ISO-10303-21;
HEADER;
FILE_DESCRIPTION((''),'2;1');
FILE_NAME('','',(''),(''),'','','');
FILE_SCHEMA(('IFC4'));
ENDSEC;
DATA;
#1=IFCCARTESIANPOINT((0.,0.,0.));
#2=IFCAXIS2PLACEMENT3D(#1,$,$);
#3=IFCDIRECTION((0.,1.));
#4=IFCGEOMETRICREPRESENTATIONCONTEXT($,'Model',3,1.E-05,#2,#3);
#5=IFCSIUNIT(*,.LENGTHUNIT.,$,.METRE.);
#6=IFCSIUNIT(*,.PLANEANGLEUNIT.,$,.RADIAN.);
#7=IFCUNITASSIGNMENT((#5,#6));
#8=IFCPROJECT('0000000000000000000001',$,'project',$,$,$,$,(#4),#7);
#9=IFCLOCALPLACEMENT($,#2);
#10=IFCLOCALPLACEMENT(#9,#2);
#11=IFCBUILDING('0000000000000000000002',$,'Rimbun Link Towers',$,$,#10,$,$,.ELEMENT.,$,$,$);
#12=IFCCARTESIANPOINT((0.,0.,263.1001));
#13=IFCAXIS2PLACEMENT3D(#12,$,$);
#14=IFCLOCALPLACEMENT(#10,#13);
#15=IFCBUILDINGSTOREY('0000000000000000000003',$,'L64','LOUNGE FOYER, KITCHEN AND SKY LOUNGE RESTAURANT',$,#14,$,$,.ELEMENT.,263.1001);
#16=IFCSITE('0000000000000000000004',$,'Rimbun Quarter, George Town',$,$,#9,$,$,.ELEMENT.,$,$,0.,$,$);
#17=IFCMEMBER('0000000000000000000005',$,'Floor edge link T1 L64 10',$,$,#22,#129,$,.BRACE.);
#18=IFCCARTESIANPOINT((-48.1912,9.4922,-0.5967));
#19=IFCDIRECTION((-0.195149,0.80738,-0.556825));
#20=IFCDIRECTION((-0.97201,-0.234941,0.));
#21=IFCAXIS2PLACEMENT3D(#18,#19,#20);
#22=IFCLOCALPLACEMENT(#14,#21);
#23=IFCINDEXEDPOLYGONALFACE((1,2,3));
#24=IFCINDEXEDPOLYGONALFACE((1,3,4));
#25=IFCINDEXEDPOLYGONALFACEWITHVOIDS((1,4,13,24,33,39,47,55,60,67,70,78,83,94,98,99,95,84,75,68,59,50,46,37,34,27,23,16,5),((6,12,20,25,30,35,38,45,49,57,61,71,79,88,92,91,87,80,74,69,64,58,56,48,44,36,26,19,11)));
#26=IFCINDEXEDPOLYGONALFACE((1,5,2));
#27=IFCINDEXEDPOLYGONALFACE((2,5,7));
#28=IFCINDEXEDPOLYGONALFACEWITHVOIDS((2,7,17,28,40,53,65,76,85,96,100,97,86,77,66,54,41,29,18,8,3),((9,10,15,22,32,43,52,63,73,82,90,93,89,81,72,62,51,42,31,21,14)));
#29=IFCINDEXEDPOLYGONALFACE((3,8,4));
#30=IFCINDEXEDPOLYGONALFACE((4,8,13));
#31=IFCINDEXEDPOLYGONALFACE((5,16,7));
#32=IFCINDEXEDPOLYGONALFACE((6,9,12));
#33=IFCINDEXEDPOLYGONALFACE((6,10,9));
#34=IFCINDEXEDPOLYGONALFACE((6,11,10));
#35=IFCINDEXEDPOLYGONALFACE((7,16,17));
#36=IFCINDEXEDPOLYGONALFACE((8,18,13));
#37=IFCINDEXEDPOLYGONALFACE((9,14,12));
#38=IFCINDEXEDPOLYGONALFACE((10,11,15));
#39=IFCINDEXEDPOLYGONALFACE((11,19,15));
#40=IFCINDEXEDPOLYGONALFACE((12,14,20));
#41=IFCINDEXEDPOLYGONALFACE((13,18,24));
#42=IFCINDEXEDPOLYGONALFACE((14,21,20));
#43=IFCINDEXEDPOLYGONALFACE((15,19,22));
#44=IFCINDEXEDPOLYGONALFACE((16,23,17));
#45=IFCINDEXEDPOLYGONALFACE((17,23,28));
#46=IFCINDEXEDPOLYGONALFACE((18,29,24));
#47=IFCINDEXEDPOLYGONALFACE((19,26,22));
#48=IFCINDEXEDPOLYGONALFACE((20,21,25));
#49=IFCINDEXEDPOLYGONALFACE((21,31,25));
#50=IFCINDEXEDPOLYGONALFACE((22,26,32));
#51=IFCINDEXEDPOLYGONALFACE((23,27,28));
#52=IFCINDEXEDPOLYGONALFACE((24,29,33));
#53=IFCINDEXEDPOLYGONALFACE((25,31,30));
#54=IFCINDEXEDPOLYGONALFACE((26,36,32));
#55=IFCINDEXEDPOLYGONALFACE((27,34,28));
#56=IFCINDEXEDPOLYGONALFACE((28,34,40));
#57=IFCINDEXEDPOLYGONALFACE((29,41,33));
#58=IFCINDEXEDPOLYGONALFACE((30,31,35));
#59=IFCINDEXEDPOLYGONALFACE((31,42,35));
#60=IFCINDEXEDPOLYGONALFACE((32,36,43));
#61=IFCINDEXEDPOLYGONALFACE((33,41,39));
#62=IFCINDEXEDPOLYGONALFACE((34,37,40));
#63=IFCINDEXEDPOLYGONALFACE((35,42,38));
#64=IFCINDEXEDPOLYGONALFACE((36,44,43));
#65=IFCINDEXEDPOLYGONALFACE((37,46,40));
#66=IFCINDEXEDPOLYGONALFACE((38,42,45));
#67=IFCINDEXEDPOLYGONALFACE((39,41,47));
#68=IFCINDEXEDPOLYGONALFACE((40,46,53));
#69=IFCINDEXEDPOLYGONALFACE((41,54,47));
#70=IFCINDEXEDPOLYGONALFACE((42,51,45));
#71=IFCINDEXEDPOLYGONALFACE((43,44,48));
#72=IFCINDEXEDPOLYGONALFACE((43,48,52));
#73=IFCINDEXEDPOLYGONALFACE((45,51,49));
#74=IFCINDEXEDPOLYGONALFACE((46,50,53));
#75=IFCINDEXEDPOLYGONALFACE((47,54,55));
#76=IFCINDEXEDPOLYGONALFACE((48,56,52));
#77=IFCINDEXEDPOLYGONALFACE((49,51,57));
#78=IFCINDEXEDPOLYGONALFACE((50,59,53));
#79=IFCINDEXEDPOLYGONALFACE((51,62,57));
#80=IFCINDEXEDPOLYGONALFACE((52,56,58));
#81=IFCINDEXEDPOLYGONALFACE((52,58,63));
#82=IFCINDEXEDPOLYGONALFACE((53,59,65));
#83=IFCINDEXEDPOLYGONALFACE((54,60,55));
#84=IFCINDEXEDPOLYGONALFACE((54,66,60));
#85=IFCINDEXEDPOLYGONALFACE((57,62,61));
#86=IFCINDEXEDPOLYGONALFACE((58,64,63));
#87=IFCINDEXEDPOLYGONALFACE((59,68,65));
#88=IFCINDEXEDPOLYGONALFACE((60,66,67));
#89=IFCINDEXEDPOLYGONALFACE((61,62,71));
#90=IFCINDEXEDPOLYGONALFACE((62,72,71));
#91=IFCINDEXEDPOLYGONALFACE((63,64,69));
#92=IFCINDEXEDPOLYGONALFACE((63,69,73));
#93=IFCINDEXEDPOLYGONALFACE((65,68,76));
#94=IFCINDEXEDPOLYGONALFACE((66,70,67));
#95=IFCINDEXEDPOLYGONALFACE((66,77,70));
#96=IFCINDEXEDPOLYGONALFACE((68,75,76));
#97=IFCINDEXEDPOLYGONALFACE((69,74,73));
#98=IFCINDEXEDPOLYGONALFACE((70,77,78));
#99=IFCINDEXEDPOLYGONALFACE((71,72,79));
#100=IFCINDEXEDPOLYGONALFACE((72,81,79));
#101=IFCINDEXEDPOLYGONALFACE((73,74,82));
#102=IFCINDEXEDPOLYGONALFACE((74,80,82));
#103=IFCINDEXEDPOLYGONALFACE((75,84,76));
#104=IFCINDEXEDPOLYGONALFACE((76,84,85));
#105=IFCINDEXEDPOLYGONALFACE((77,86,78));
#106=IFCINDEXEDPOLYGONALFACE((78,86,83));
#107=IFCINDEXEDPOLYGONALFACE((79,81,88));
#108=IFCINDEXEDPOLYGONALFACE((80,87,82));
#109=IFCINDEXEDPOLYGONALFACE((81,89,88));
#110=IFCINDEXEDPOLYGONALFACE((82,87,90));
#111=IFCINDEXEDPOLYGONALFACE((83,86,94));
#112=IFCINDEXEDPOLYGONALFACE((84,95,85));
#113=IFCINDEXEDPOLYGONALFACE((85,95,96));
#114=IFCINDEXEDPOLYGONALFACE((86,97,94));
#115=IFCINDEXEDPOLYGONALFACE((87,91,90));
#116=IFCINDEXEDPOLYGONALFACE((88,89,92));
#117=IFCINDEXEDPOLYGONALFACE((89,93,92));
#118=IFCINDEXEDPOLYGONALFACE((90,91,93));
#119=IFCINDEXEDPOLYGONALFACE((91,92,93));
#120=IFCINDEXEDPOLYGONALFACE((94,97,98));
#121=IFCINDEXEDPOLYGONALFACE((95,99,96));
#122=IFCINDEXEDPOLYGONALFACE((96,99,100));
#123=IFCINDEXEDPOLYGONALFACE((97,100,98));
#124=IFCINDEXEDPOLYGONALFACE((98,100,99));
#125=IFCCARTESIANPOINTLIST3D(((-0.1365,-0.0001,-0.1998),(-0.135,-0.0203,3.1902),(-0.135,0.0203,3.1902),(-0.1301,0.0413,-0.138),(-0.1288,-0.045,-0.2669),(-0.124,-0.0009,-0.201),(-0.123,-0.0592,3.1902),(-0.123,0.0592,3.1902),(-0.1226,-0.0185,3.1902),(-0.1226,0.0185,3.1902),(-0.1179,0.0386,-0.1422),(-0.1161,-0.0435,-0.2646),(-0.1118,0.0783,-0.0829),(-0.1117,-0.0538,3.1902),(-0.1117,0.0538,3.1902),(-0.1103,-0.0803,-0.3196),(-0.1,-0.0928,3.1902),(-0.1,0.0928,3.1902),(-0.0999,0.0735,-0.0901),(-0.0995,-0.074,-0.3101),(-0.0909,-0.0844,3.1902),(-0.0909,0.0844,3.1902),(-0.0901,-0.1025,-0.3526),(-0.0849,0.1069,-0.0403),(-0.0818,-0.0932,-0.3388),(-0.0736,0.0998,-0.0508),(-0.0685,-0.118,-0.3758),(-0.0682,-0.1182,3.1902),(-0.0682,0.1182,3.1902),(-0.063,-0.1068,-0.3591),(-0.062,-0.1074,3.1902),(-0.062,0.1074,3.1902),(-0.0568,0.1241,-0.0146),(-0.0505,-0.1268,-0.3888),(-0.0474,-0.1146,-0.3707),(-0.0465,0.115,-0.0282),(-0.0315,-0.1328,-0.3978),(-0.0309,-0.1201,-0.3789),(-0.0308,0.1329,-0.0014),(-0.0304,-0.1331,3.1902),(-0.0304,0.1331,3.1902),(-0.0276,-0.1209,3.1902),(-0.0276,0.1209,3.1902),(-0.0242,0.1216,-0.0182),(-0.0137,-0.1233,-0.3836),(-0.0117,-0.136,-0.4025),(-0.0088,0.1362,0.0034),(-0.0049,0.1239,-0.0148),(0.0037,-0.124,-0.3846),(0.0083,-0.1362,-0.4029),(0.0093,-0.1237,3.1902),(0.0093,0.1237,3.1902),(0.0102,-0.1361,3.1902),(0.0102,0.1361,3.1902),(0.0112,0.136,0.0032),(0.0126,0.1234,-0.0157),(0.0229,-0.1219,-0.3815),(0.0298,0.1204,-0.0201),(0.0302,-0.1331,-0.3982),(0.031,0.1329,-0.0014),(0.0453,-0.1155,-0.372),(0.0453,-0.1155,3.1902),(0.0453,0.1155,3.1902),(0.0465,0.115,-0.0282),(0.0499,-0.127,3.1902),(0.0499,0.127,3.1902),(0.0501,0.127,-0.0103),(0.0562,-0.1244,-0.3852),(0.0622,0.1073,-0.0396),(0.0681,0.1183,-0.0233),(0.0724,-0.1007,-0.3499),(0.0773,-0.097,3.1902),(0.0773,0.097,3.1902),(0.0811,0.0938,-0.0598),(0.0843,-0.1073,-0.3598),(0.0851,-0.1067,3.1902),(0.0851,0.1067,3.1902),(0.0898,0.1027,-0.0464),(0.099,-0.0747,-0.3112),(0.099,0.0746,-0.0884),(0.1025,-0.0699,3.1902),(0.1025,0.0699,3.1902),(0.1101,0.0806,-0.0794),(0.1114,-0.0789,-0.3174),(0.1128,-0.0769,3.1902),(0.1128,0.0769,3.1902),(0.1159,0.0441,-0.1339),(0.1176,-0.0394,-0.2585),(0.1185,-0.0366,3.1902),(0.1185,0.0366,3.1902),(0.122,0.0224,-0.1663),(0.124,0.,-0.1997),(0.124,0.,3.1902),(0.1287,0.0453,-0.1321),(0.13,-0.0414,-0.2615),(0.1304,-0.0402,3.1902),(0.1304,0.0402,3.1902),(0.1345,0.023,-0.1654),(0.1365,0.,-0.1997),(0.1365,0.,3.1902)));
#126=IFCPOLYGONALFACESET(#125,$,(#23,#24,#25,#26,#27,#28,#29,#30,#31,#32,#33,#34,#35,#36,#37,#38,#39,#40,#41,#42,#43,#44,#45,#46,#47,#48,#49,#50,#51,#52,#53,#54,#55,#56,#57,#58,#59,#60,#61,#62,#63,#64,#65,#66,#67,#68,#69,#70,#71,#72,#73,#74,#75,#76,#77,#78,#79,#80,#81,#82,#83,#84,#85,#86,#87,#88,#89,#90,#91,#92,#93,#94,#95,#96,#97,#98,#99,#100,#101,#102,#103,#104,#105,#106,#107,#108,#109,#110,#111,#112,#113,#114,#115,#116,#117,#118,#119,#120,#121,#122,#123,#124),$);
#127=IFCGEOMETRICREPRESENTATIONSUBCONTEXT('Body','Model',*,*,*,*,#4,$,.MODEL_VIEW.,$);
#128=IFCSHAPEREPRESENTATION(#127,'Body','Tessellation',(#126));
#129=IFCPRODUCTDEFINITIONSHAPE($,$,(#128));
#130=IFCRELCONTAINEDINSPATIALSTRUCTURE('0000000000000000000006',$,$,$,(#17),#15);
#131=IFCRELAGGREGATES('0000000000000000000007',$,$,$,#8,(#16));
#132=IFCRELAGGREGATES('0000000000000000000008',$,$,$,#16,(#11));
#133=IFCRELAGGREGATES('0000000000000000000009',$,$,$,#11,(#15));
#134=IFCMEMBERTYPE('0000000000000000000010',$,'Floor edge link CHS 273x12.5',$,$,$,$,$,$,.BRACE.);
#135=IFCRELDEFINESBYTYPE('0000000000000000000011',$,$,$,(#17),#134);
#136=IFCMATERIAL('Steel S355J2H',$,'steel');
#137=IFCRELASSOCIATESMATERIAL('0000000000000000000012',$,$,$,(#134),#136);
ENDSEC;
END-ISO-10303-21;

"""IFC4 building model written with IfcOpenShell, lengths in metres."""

from ifc_helpers import new_model, si_unit, direction, frame, origin, origin_2d, place, context, subcontext, project, spatial, hollow_circle, extrude, clip, halfspace, material, material_profile, profile_set, type_object, element, save


model = new_model("IFC4")

# Units and contexts
model_context = context("Model", 3, precision=1e-05, world=origin(), true_north=direction((0.0, 1.0)))
body_context = subcontext(model_context, "Body", "Model", "MODEL_VIEW")
ifc_project = project(units=[si_unit("LENGTHUNIT", "METRE"), si_unit("PLANEANGLEUNIT", "RADIAN")], contexts=[model_context])

# Site, building, storey
site_placement = place(None, origin())
site = spatial("IfcSite", under=ifc_project, at=site_placement, Name="Rimbun Quarter, George Town", CompositionType="ELEMENT", RefElevation=0.0)
building_placement = place(site_placement, origin())
building = spatial("IfcBuilding", under=site, at=building_placement, Name="Rimbun Link Towers", CompositionType="ELEMENT")
storey_placement = place(building_placement, frame((0.0, 0.0, 263.1001)))
storey = spatial("IfcBuildingStorey", under=building, at=storey_placement, Name="L64", Description="LOUNGE FOYER, KITCHEN AND SKY LOUNGE RESTAURANT", CompositionType="ELEMENT", Elevation=263.1001)

# Member
ifc_material_1 = material(Name="Steel S355J2H", Category="steel")
ifc_material_profile_1 = material_profile(ifc_material_1, hollow_circle(Radius=0.1365, WallThickness=0.0125, at=origin_2d()), Name="CHS 273x12.5")
ifc_profile_set_1 = profile_set([ifc_material_profile_1], Name="Steel S355J2H")
member_type_1 = type_object("IfcMemberType", Name="Floor edge link CHS 273x12.5", PredefinedType="BRACE", material=ifc_profile_set_1)
member_1_placement = place(storey_placement, frame((-48.1912, 9.4922, -0.5967), z_axis=(-0.195149, 0.80738, -0.556825), x_axis=(-0.97201, -0.234941, 0.0)))
element("IfcMember", 1, at=member_1_placement, inside=storey, type_object=member_type_1, Name="Floor edge link T1 L64 10", PredefinedType="BRACE", context=body_context, shape_type="Clipping", body=[
    clip(extrude(hollow_circle(Radius=0.1365, WallThickness=0.0125, at=origin_2d()), frame((0.0, 0.0, -0.4253)), (0.0, 0.0, 1.0), 3.6155), halfspace(frame((0.0, 0.0, -0.1997), z_axis=(0.0, 0.83063, -0.556825)), False)),
])

save(model, "model.ifc")
